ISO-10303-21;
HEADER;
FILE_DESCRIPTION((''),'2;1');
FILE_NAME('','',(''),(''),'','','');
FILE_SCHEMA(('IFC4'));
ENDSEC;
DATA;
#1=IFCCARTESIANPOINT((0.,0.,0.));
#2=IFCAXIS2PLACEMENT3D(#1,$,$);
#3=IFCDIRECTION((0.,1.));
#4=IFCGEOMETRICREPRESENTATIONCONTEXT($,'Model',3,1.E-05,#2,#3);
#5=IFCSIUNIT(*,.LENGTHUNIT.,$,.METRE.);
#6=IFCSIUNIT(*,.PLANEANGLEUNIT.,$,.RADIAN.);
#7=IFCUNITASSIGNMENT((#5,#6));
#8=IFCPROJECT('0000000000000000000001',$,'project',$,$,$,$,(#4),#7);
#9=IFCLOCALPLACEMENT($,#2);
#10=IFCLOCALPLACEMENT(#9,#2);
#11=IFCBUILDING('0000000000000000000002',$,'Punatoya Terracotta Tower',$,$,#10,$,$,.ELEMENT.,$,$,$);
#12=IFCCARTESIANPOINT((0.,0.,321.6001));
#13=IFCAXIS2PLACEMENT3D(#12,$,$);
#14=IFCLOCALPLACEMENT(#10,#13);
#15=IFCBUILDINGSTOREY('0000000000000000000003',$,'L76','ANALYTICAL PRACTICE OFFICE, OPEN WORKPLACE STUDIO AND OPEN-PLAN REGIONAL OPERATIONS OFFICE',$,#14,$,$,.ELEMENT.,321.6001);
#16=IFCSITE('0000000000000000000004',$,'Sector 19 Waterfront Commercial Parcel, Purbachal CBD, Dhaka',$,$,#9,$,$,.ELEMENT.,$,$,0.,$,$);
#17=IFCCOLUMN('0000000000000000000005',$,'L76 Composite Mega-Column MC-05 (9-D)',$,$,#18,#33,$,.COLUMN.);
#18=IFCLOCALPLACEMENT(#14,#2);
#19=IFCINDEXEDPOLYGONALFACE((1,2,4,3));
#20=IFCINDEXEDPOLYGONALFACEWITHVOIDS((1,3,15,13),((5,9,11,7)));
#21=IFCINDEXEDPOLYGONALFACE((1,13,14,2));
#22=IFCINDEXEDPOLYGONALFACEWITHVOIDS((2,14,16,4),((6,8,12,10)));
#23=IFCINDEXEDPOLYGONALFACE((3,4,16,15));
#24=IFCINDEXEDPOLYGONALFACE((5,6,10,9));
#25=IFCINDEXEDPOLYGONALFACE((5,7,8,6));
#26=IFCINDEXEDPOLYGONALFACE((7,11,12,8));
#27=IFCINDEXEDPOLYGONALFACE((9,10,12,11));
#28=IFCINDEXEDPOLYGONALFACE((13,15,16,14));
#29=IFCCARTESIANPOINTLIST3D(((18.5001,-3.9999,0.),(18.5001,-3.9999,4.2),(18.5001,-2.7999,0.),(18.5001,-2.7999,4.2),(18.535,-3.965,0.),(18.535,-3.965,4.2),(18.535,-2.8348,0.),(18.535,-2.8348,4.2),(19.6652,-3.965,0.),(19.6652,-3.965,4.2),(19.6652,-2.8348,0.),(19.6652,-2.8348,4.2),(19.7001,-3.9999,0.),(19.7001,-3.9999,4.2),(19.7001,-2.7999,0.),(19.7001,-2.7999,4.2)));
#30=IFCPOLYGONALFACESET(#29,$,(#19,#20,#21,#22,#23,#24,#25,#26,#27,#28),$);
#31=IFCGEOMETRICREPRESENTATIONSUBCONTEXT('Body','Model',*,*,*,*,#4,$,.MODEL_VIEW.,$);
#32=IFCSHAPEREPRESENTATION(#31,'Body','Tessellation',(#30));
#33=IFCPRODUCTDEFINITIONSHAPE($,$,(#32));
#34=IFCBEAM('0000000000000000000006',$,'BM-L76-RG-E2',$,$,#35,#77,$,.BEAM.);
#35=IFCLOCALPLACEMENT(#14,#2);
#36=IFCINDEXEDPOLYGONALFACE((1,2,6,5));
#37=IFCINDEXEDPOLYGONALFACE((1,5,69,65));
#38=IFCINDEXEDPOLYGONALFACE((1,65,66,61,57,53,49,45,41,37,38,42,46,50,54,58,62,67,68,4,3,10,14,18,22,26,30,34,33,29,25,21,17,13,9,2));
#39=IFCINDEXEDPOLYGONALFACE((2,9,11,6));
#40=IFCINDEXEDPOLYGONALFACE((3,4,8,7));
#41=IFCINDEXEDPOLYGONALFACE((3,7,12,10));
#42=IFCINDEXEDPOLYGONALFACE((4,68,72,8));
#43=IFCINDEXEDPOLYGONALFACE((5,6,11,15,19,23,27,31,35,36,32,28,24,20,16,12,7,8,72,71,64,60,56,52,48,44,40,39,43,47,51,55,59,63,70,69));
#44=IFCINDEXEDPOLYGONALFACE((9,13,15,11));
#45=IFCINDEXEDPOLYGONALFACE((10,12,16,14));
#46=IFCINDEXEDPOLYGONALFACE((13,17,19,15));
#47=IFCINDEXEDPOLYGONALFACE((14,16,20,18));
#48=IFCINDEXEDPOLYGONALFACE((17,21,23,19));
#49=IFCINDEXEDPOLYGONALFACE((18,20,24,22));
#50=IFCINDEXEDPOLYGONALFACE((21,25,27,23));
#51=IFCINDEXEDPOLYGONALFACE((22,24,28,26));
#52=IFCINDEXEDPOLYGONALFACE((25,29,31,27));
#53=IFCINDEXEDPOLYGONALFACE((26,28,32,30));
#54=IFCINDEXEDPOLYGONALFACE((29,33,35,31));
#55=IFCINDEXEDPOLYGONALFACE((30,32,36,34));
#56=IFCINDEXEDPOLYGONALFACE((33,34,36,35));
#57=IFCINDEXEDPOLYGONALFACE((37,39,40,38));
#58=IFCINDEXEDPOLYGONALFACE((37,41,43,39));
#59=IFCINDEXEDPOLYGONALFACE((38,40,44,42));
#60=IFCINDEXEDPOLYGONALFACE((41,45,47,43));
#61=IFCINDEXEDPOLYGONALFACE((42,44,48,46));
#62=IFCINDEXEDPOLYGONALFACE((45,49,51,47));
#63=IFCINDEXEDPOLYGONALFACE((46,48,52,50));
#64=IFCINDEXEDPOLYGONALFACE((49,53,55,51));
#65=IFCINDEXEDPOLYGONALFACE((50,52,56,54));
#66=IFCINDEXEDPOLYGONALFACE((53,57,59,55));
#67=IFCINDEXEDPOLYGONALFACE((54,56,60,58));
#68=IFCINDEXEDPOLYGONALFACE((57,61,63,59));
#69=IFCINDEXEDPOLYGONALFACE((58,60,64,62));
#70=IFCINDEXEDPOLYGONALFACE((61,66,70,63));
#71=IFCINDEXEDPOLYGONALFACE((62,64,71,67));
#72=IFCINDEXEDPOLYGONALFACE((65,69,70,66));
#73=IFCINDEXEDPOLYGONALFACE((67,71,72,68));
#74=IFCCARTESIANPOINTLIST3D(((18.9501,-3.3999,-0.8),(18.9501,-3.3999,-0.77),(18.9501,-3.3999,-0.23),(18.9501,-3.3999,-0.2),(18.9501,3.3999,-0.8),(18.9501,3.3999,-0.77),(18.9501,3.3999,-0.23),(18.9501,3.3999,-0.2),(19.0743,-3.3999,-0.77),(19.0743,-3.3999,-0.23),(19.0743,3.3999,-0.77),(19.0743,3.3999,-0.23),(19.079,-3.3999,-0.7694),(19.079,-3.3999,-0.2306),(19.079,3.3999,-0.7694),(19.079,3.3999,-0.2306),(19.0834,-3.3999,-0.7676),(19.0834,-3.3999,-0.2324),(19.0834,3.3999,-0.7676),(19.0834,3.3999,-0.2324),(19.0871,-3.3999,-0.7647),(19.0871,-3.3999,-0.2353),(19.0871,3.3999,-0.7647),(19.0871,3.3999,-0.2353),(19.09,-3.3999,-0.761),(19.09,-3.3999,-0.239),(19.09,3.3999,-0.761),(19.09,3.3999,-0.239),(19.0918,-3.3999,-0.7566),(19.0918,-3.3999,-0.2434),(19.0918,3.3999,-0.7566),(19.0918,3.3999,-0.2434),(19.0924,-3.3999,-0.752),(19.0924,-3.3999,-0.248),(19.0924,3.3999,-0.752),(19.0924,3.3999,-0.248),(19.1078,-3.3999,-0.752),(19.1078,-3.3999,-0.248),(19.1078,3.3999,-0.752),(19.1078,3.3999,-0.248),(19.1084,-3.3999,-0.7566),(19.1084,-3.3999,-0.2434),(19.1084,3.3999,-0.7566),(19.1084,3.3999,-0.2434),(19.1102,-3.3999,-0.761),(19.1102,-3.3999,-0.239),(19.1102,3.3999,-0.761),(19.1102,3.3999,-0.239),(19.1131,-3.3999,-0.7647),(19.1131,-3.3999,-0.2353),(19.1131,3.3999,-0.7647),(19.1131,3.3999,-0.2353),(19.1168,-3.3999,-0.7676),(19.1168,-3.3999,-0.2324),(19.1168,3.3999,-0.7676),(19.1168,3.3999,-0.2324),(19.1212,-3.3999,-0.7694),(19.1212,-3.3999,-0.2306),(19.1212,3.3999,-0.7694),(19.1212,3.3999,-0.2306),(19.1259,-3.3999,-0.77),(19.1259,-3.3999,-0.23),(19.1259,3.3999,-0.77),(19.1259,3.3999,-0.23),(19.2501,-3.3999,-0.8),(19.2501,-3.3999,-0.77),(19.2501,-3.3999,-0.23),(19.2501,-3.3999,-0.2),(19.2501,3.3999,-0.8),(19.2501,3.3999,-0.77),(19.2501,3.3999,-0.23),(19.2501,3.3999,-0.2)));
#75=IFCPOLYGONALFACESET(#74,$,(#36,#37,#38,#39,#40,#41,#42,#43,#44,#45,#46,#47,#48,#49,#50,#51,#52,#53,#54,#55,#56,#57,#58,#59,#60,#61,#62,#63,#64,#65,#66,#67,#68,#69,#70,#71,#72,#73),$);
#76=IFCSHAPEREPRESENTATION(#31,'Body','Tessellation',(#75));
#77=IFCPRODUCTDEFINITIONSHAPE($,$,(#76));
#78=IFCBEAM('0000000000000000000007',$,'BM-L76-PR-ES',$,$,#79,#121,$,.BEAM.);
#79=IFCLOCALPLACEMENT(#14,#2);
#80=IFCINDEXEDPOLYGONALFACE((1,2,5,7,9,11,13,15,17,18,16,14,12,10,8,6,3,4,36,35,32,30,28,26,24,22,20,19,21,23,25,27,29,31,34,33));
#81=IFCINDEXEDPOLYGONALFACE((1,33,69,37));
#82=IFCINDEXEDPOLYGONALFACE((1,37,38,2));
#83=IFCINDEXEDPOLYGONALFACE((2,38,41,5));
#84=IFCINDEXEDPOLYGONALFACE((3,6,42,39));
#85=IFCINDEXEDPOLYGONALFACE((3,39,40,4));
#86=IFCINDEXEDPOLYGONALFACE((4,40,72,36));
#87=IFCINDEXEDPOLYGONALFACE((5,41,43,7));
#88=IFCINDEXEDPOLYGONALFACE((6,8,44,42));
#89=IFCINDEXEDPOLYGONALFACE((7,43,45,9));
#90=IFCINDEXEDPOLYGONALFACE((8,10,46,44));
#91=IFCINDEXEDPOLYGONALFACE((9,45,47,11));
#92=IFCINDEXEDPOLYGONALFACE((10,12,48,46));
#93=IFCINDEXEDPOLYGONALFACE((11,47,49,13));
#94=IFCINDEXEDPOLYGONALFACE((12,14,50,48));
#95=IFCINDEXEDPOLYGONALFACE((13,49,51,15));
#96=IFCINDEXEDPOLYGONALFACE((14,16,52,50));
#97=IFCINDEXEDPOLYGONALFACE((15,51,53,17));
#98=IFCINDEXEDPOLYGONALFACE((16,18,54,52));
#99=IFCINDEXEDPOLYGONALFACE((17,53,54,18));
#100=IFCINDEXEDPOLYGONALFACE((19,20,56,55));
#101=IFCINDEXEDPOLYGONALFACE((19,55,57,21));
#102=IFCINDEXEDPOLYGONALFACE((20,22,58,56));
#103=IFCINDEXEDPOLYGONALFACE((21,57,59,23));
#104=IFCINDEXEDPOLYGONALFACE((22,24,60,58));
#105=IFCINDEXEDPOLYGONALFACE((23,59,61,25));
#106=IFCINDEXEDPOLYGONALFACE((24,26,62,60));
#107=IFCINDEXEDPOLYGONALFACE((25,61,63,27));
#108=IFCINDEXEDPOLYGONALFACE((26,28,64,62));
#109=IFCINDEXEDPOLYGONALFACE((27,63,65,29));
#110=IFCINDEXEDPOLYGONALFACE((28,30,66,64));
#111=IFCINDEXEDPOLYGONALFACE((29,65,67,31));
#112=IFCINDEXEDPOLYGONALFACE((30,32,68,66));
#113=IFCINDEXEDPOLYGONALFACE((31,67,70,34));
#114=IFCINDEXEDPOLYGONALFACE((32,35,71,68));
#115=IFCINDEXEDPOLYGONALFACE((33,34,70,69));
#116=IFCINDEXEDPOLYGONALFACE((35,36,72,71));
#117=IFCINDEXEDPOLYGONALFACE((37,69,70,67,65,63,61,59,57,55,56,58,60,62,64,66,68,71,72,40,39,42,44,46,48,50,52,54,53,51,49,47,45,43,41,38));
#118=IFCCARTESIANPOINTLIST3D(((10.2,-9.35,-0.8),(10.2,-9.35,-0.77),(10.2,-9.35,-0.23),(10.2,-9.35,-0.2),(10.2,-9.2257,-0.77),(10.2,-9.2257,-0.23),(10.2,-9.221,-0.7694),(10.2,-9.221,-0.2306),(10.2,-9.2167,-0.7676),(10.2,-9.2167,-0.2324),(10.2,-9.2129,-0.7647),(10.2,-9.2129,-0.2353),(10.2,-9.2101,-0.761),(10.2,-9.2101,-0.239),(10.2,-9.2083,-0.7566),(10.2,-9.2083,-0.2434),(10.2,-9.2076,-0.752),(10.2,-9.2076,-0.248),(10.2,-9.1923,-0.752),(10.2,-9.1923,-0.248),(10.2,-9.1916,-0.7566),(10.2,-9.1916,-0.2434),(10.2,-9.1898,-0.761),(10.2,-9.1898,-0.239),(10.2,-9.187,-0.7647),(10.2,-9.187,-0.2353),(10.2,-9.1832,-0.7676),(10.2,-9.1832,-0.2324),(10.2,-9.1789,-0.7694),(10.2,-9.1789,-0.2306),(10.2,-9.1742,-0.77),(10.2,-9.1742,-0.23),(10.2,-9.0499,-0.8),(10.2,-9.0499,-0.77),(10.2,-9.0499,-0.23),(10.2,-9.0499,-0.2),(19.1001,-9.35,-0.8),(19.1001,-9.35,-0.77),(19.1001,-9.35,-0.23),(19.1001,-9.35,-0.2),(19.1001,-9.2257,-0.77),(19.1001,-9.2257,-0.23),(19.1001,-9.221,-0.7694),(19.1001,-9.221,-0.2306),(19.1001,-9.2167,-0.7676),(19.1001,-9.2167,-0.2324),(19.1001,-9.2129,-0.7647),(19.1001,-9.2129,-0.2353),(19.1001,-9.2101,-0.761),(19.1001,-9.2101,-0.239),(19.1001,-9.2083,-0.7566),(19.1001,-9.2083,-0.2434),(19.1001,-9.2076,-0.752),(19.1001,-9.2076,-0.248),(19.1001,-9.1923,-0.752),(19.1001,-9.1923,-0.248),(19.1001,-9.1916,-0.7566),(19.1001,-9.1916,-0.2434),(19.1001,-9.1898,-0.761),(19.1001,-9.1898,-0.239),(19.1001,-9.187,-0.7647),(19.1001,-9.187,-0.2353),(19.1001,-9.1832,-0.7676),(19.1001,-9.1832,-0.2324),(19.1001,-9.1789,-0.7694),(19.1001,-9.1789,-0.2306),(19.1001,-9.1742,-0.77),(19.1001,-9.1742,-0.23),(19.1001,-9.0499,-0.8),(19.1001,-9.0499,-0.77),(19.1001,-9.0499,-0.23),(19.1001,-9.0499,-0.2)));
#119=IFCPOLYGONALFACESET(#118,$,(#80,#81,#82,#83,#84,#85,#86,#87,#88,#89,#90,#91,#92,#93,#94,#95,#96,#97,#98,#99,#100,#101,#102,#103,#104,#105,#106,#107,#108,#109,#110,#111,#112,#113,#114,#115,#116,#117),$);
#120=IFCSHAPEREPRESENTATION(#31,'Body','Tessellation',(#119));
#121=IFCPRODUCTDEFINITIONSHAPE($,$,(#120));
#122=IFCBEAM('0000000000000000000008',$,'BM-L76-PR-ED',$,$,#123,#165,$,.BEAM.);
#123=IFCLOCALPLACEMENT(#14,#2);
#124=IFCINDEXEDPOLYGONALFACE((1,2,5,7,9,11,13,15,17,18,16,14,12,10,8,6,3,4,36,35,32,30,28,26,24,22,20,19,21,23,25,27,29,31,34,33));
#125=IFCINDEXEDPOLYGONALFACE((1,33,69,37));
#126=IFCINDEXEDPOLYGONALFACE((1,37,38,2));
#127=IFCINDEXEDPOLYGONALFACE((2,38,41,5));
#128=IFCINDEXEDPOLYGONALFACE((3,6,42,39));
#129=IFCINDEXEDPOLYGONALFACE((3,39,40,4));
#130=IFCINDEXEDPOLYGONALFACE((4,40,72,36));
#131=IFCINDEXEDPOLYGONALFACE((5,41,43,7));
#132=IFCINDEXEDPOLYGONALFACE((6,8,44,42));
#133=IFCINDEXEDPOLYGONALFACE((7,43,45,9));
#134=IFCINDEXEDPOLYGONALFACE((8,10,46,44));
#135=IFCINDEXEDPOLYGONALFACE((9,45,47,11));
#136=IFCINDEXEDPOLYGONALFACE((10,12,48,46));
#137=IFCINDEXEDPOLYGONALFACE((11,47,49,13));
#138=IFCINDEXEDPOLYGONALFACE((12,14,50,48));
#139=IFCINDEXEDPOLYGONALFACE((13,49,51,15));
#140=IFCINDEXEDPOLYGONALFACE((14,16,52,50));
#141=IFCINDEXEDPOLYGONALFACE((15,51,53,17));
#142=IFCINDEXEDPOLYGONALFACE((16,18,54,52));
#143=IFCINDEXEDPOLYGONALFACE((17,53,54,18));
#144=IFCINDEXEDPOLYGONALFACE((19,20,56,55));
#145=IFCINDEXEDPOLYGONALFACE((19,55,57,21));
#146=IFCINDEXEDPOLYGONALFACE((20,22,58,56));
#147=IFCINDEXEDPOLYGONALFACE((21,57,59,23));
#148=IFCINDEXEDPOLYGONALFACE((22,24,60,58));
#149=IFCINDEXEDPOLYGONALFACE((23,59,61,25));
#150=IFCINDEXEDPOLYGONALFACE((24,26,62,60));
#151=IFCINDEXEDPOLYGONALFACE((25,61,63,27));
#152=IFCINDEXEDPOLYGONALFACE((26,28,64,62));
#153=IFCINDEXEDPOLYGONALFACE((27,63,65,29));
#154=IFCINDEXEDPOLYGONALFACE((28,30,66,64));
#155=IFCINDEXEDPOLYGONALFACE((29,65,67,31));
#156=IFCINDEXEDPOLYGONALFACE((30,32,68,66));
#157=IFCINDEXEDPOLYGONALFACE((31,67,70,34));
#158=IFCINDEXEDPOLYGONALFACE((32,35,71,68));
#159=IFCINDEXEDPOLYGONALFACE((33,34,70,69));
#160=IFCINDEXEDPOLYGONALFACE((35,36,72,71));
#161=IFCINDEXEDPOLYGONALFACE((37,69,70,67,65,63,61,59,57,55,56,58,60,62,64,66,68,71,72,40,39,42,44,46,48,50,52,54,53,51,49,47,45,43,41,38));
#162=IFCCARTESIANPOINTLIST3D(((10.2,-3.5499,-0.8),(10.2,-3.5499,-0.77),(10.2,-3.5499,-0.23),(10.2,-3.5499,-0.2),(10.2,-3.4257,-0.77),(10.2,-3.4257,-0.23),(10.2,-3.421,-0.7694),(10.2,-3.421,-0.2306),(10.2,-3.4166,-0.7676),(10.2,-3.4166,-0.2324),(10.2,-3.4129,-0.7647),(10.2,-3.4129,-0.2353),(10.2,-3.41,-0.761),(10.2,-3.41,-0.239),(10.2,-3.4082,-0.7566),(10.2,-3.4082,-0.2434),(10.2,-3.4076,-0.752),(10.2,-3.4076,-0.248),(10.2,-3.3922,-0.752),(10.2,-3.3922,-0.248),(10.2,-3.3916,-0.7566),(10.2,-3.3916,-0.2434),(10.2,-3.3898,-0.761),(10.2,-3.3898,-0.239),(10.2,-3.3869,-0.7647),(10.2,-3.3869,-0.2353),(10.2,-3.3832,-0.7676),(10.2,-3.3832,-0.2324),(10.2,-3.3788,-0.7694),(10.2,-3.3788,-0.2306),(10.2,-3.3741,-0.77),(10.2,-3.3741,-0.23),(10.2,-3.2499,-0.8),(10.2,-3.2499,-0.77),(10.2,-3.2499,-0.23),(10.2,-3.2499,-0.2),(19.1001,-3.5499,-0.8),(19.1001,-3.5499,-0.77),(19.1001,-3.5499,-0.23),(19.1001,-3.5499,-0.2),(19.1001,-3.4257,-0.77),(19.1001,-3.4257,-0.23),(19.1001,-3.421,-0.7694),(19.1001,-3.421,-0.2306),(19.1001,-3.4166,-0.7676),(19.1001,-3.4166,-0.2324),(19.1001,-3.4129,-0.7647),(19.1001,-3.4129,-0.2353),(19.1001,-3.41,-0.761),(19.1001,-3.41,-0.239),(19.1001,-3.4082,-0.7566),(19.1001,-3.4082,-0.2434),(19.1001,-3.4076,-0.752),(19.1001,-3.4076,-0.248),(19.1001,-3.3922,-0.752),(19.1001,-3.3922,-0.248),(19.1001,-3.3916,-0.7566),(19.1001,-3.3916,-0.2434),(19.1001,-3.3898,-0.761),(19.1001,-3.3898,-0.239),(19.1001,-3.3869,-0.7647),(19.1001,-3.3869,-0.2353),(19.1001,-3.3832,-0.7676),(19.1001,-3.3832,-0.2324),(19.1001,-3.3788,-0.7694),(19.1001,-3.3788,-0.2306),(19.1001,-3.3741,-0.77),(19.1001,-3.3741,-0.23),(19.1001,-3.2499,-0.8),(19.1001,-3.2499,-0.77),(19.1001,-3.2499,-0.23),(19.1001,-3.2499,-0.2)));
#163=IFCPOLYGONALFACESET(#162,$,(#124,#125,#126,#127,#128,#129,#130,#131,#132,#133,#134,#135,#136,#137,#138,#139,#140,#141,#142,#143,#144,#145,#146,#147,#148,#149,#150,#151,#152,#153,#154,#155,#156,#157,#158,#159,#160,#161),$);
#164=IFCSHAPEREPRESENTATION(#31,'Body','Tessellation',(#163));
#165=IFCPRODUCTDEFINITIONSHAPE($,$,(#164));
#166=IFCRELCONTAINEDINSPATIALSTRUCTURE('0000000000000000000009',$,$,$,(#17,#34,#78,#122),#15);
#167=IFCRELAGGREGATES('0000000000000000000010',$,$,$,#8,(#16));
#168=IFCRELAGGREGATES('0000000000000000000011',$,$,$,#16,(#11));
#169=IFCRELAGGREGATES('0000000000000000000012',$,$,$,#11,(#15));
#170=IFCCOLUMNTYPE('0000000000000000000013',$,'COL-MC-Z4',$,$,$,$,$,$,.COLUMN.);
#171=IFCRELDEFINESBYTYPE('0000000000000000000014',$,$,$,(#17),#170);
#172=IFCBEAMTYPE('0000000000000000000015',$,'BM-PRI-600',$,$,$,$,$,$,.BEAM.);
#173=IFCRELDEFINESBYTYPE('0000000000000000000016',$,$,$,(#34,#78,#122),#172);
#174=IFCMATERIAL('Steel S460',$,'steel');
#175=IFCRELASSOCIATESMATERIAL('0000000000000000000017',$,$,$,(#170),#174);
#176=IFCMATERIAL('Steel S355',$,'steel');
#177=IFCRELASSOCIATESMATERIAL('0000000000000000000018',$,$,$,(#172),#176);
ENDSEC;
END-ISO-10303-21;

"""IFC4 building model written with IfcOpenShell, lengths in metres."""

from ifc_helpers import new_model, si_unit, direction, frame, origin, origin_2d, place, context, subcontext, project, spatial, hollow_rectangle, i_section, extrude, material, material_profile, profile_set, type_object, element, save


model = new_model("IFC4")

# Units and contexts
model_context = context("Model", 3, precision=1e-05, world=origin(), true_north=direction((0.0, 1.0)))
body_context = subcontext(model_context, "Body", "Model", "MODEL_VIEW")
ifc_project = project(units=[si_unit("LENGTHUNIT", "METRE"), si_unit("PLANEANGLEUNIT", "RADIAN")], contexts=[model_context])

# Site, building, storey
site_placement = place(None, origin())
site = spatial("IfcSite", under=ifc_project, at=site_placement, Name="Sector 19 Waterfront Commercial Parcel, Purbachal CBD, Dhaka", CompositionType="ELEMENT", RefElevation=0.0)
building_placement = place(site_placement, origin())
building = spatial("IfcBuilding", under=site, at=building_placement, Name="Punatoya Terracotta Tower", CompositionType="ELEMENT")
storey_placement = place(building_placement, frame((0.0, 0.0, 321.6001)))
storey = spatial("IfcBuildingStorey", under=building, at=storey_placement, Name="L76", Description="ANALYTICAL PRACTICE OFFICE, OPEN WORKPLACE STUDIO AND OPEN-PLAN REGIONAL OPERATIONS OFFICE", CompositionType="ELEMENT", Elevation=321.6001)

# Column
ifc_material_1 = material(Name="Steel S460", Category="steel")
ifc_material_profile_1 = material_profile(ifc_material_1, hollow_rectangle(XDim=1.2, YDim=1.2, WallThickness=0.0349, at=origin_2d()))
ifc_profile_set_1 = profile_set([ifc_material_profile_1], Name="Steel S460")
column_type = type_object("IfcColumnType", Name="COL-MC-Z4", PredefinedType="COLUMN", material=ifc_profile_set_1)
column_placement = place(storey_placement, frame((19.1001, -3.3999, 0.0), z_axis=(0.0, 0.0, 1.0), x_axis=(1.0, 0.0, 0.0)))
element("IfcColumn", 1, at=column_placement, inside=storey, type_object=column_type, Name="L76 Composite Mega-Column MC-05 (9-D)", PredefinedType="COLUMN", context=body_context, shape_type="SweptSolid", body=[
    extrude(hollow_rectangle(XDim=1.2, YDim=1.2, WallThickness=0.0349, at=origin_2d()), origin(), (0.0, 0.0, 1.0), 4.2),
])

# Beams
ifc_material_2 = material(Name="Steel S355", Category="steel")
ifc_material_profile_2 = material_profile(ifc_material_2, i_section(OverallWidth=0.3, OverallDepth=0.6001, WebThickness=0.0154, FlangeThickness=0.03, FilletRadius=0.0181, at=origin_2d()))
ifc_profile_set_2 = profile_set([ifc_material_profile_2], Name="Steel S355")
beam_type_1 = type_object("IfcBeamType", Name="BM-PRI-600", PredefinedType="BEAM", material=ifc_profile_set_2)
beam_1_placement = place(storey_placement, frame((19.1001, -3.3999, -0.5), z_axis=(0.0, 1.0, 0.0), x_axis=(-1.0, 0.0, 0.0)))
element("IfcBeam", 2, at=beam_1_placement, inside=storey, type_object=beam_type_1, Name="BM-L76-RG-E2", PredefinedType="BEAM", context=body_context, shape_type="SweptSolid", body=[
    extrude(i_section(OverallWidth=0.3, OverallDepth=0.6001, WebThickness=0.0154, FlangeThickness=0.03, FilletRadius=0.0181, at=origin_2d()), origin(), (0.0, 0.0, 1.0), 6.7998),
])
for number, where, z_axis, x_axis, name in (
    (3, (10.2, -9.2, -0.5), (1.0, 0.0, 0.0), (0.0, 1.0, 0.0), "BM-L76-PR-ES"),
    (4, (10.2, -3.3999, -0.5), (1.0, 0.0, 0.0), (0.0, 1.0, 0.0), "BM-L76-PR-ED"),
):
    element("IfcBeam", number, at=place(storey_placement, frame(where, z_axis=z_axis, x_axis=x_axis)), inside=storey, type_object=beam_type_1, Name=name, PredefinedType="BEAM", context=body_context, shape_type="SweptSolid", body=[
        extrude(i_section(OverallWidth=0.3, OverallDepth=0.6001, WebThickness=0.0154, FlangeThickness=0.03, FilletRadius=0.0181, at=origin_2d()), origin(), (0.0, 0.0, 1.0), 8.9001),
    ])

save(model, "model.ifc")
